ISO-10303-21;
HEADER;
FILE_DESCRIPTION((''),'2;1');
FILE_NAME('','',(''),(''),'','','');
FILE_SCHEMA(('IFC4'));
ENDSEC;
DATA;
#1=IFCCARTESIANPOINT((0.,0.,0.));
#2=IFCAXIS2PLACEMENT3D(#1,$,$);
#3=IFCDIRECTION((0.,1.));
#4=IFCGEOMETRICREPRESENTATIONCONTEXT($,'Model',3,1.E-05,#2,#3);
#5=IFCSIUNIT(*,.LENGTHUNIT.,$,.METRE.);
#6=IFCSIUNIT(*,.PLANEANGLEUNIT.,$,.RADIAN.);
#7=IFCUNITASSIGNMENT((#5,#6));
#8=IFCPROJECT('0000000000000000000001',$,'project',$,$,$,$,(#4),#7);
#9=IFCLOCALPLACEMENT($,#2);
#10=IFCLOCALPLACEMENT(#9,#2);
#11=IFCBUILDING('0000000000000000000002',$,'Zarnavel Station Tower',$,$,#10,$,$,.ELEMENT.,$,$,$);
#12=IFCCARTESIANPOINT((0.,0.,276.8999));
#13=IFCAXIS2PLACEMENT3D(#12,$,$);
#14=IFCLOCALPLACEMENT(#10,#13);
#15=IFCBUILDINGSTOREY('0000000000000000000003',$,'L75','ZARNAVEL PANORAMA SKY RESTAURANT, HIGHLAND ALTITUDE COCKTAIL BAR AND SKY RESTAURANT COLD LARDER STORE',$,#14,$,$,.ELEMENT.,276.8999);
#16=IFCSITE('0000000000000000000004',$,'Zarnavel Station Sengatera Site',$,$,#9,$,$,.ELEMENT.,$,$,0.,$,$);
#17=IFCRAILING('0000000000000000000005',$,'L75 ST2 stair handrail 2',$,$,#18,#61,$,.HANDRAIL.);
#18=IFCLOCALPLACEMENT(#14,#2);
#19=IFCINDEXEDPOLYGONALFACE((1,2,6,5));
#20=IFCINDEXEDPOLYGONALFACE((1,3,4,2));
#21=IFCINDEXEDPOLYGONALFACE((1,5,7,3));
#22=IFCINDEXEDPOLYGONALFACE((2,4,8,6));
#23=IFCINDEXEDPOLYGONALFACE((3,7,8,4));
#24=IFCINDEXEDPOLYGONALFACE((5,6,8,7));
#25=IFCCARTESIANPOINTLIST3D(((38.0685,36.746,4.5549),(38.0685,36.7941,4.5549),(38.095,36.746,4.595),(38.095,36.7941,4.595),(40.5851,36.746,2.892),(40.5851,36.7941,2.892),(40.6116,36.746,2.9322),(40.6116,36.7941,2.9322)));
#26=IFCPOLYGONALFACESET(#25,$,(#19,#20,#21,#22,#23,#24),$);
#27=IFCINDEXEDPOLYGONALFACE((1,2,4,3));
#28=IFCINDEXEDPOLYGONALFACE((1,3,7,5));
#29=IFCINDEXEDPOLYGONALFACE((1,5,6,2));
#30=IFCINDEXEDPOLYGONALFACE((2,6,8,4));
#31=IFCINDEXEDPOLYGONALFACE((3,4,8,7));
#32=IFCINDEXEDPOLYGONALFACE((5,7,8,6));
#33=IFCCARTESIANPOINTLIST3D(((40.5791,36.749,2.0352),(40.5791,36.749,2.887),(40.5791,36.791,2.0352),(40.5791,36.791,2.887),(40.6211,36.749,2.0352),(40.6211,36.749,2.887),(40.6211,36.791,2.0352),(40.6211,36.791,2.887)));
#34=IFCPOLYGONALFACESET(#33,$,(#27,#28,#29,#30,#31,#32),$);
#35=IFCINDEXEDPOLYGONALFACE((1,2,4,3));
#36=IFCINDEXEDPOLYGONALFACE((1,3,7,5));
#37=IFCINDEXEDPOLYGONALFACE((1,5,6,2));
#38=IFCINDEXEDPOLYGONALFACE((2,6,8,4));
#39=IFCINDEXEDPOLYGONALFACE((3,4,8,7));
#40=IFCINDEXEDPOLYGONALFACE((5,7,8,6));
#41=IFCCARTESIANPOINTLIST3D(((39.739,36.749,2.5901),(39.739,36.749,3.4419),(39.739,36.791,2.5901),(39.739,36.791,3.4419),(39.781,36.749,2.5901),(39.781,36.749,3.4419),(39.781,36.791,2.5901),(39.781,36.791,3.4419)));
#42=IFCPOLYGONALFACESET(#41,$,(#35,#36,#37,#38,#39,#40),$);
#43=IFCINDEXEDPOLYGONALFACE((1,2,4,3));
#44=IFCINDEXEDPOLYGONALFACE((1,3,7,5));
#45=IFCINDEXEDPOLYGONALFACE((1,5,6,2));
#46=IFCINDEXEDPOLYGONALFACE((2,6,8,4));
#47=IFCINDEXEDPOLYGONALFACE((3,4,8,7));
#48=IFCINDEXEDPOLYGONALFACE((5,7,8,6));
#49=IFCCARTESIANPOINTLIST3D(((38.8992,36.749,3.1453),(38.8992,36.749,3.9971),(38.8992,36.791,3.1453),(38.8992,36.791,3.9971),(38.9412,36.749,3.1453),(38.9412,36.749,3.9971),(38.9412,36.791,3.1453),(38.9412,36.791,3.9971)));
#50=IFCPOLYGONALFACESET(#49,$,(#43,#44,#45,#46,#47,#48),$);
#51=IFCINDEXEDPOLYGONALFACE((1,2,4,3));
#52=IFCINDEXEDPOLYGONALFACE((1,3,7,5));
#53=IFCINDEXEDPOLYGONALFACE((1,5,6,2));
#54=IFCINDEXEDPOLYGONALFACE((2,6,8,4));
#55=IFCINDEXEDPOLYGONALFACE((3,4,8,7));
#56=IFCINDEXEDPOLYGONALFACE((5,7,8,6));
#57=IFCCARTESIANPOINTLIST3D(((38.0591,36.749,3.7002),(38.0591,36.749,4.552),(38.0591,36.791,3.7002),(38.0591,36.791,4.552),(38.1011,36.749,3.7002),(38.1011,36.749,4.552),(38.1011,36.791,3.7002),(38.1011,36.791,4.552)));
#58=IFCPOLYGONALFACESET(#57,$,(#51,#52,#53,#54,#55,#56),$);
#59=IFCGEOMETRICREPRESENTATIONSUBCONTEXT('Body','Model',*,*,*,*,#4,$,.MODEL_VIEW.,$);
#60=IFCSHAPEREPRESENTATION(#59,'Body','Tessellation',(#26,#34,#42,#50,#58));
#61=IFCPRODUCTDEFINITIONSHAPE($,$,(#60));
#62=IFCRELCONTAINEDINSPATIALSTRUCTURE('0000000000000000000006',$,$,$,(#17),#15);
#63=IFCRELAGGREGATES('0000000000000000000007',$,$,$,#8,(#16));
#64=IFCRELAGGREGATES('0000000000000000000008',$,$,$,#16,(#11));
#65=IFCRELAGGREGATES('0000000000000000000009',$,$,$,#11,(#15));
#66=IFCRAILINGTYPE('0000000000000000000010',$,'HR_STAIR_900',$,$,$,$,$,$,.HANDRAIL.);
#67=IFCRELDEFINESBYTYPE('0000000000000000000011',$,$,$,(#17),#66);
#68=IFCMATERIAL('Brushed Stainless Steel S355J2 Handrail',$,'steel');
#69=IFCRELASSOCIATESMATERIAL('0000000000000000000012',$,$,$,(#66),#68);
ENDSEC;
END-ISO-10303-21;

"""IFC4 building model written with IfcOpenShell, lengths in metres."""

from ifc_helpers import new_model, si_unit, direction, frame, origin, origin_2d, place, context, subcontext, project, spatial, rectangle, extrude, material, type_object, element, save


model = new_model("IFC4")

# Units and contexts
model_context = context("Model", 3, precision=1e-05, world=origin(), true_north=direction((0.0, 1.0)))
body_context = subcontext(model_context, "Body", "Model", "MODEL_VIEW")
ifc_project = project(units=[si_unit("LENGTHUNIT", "METRE"), si_unit("PLANEANGLEUNIT", "RADIAN")], contexts=[model_context])

# Site, building, storey
site_placement = place(None, origin())
site = spatial("IfcSite", under=ifc_project, at=site_placement, Name="Zarnavel Station Sengatera Site", CompositionType="ELEMENT", RefElevation=0.0)
building_placement = place(site_placement, origin())
building = spatial("IfcBuilding", under=site, at=building_placement, Name="Zarnavel Station Tower", CompositionType="ELEMENT")
storey_placement = place(building_placement, frame((0.0, 0.0, 276.8999)))
storey = spatial("IfcBuildingStorey", under=building, at=storey_placement, Name="L75", Description="ZARNAVEL PANORAMA SKY RESTAURANT, HIGHLAND ALTITUDE COCKTAIL BAR AND SKY RESTAURANT COLD LARDER STORE", CompositionType="ELEMENT", Elevation=276.8999)

# Railing
ifc_material_1 = material(Name="Brushed Stainless Steel S355J2 Handrail", Category="steel")
railing_type_1 = type_object("IfcRailingType", Name="HR_STAIR_900", PredefinedType="HANDRAIL", material=ifc_material_1)
railing_1_placement = place(storey_placement, frame((40.6001, 36.77, 2.0352)))
element("IfcRailing", 1, at=railing_1_placement, inside=storey, type_object=railing_type_1, Name="L75 ST2 stair handrail 2", PredefinedType="HANDRAIL", context=body_context, shape_type="SweptSolid", body=[
    extrude(rectangle(XDim=0.0481, YDim=0.0481, at=origin_2d()), frame((-0.0017, 0.0, 0.877), z_axis=(-0.834331, 0.0, 0.551263), x_axis=(0.0, -1.0, 0.0)), (0.0, 0.0, 1.0), 3.0164),
    extrude(rectangle(XDim=0.042, YDim=0.042, at=origin_2d()), origin(), (0.0, 0.0, 1.0), 0.8518),
    extrude(rectangle(XDim=0.042, YDim=0.042, at=origin_2d()), frame((-0.8401, 0.0, 0.5549)), (0.0, 0.0, 1.0), 0.8518),
    extrude(rectangle(XDim=0.042, YDim=0.042, at=origin_2d()), frame((-1.6799, 0.0, 1.1101)), (0.0, 0.0, 1.0), 0.8518),
    extrude(rectangle(XDim=0.042, YDim=0.042, at=origin_2d()), frame((-2.52, 0.0, 1.665)), (0.0, 0.0, 1.0), 0.8518),
])

save(model, "model.ifc")
